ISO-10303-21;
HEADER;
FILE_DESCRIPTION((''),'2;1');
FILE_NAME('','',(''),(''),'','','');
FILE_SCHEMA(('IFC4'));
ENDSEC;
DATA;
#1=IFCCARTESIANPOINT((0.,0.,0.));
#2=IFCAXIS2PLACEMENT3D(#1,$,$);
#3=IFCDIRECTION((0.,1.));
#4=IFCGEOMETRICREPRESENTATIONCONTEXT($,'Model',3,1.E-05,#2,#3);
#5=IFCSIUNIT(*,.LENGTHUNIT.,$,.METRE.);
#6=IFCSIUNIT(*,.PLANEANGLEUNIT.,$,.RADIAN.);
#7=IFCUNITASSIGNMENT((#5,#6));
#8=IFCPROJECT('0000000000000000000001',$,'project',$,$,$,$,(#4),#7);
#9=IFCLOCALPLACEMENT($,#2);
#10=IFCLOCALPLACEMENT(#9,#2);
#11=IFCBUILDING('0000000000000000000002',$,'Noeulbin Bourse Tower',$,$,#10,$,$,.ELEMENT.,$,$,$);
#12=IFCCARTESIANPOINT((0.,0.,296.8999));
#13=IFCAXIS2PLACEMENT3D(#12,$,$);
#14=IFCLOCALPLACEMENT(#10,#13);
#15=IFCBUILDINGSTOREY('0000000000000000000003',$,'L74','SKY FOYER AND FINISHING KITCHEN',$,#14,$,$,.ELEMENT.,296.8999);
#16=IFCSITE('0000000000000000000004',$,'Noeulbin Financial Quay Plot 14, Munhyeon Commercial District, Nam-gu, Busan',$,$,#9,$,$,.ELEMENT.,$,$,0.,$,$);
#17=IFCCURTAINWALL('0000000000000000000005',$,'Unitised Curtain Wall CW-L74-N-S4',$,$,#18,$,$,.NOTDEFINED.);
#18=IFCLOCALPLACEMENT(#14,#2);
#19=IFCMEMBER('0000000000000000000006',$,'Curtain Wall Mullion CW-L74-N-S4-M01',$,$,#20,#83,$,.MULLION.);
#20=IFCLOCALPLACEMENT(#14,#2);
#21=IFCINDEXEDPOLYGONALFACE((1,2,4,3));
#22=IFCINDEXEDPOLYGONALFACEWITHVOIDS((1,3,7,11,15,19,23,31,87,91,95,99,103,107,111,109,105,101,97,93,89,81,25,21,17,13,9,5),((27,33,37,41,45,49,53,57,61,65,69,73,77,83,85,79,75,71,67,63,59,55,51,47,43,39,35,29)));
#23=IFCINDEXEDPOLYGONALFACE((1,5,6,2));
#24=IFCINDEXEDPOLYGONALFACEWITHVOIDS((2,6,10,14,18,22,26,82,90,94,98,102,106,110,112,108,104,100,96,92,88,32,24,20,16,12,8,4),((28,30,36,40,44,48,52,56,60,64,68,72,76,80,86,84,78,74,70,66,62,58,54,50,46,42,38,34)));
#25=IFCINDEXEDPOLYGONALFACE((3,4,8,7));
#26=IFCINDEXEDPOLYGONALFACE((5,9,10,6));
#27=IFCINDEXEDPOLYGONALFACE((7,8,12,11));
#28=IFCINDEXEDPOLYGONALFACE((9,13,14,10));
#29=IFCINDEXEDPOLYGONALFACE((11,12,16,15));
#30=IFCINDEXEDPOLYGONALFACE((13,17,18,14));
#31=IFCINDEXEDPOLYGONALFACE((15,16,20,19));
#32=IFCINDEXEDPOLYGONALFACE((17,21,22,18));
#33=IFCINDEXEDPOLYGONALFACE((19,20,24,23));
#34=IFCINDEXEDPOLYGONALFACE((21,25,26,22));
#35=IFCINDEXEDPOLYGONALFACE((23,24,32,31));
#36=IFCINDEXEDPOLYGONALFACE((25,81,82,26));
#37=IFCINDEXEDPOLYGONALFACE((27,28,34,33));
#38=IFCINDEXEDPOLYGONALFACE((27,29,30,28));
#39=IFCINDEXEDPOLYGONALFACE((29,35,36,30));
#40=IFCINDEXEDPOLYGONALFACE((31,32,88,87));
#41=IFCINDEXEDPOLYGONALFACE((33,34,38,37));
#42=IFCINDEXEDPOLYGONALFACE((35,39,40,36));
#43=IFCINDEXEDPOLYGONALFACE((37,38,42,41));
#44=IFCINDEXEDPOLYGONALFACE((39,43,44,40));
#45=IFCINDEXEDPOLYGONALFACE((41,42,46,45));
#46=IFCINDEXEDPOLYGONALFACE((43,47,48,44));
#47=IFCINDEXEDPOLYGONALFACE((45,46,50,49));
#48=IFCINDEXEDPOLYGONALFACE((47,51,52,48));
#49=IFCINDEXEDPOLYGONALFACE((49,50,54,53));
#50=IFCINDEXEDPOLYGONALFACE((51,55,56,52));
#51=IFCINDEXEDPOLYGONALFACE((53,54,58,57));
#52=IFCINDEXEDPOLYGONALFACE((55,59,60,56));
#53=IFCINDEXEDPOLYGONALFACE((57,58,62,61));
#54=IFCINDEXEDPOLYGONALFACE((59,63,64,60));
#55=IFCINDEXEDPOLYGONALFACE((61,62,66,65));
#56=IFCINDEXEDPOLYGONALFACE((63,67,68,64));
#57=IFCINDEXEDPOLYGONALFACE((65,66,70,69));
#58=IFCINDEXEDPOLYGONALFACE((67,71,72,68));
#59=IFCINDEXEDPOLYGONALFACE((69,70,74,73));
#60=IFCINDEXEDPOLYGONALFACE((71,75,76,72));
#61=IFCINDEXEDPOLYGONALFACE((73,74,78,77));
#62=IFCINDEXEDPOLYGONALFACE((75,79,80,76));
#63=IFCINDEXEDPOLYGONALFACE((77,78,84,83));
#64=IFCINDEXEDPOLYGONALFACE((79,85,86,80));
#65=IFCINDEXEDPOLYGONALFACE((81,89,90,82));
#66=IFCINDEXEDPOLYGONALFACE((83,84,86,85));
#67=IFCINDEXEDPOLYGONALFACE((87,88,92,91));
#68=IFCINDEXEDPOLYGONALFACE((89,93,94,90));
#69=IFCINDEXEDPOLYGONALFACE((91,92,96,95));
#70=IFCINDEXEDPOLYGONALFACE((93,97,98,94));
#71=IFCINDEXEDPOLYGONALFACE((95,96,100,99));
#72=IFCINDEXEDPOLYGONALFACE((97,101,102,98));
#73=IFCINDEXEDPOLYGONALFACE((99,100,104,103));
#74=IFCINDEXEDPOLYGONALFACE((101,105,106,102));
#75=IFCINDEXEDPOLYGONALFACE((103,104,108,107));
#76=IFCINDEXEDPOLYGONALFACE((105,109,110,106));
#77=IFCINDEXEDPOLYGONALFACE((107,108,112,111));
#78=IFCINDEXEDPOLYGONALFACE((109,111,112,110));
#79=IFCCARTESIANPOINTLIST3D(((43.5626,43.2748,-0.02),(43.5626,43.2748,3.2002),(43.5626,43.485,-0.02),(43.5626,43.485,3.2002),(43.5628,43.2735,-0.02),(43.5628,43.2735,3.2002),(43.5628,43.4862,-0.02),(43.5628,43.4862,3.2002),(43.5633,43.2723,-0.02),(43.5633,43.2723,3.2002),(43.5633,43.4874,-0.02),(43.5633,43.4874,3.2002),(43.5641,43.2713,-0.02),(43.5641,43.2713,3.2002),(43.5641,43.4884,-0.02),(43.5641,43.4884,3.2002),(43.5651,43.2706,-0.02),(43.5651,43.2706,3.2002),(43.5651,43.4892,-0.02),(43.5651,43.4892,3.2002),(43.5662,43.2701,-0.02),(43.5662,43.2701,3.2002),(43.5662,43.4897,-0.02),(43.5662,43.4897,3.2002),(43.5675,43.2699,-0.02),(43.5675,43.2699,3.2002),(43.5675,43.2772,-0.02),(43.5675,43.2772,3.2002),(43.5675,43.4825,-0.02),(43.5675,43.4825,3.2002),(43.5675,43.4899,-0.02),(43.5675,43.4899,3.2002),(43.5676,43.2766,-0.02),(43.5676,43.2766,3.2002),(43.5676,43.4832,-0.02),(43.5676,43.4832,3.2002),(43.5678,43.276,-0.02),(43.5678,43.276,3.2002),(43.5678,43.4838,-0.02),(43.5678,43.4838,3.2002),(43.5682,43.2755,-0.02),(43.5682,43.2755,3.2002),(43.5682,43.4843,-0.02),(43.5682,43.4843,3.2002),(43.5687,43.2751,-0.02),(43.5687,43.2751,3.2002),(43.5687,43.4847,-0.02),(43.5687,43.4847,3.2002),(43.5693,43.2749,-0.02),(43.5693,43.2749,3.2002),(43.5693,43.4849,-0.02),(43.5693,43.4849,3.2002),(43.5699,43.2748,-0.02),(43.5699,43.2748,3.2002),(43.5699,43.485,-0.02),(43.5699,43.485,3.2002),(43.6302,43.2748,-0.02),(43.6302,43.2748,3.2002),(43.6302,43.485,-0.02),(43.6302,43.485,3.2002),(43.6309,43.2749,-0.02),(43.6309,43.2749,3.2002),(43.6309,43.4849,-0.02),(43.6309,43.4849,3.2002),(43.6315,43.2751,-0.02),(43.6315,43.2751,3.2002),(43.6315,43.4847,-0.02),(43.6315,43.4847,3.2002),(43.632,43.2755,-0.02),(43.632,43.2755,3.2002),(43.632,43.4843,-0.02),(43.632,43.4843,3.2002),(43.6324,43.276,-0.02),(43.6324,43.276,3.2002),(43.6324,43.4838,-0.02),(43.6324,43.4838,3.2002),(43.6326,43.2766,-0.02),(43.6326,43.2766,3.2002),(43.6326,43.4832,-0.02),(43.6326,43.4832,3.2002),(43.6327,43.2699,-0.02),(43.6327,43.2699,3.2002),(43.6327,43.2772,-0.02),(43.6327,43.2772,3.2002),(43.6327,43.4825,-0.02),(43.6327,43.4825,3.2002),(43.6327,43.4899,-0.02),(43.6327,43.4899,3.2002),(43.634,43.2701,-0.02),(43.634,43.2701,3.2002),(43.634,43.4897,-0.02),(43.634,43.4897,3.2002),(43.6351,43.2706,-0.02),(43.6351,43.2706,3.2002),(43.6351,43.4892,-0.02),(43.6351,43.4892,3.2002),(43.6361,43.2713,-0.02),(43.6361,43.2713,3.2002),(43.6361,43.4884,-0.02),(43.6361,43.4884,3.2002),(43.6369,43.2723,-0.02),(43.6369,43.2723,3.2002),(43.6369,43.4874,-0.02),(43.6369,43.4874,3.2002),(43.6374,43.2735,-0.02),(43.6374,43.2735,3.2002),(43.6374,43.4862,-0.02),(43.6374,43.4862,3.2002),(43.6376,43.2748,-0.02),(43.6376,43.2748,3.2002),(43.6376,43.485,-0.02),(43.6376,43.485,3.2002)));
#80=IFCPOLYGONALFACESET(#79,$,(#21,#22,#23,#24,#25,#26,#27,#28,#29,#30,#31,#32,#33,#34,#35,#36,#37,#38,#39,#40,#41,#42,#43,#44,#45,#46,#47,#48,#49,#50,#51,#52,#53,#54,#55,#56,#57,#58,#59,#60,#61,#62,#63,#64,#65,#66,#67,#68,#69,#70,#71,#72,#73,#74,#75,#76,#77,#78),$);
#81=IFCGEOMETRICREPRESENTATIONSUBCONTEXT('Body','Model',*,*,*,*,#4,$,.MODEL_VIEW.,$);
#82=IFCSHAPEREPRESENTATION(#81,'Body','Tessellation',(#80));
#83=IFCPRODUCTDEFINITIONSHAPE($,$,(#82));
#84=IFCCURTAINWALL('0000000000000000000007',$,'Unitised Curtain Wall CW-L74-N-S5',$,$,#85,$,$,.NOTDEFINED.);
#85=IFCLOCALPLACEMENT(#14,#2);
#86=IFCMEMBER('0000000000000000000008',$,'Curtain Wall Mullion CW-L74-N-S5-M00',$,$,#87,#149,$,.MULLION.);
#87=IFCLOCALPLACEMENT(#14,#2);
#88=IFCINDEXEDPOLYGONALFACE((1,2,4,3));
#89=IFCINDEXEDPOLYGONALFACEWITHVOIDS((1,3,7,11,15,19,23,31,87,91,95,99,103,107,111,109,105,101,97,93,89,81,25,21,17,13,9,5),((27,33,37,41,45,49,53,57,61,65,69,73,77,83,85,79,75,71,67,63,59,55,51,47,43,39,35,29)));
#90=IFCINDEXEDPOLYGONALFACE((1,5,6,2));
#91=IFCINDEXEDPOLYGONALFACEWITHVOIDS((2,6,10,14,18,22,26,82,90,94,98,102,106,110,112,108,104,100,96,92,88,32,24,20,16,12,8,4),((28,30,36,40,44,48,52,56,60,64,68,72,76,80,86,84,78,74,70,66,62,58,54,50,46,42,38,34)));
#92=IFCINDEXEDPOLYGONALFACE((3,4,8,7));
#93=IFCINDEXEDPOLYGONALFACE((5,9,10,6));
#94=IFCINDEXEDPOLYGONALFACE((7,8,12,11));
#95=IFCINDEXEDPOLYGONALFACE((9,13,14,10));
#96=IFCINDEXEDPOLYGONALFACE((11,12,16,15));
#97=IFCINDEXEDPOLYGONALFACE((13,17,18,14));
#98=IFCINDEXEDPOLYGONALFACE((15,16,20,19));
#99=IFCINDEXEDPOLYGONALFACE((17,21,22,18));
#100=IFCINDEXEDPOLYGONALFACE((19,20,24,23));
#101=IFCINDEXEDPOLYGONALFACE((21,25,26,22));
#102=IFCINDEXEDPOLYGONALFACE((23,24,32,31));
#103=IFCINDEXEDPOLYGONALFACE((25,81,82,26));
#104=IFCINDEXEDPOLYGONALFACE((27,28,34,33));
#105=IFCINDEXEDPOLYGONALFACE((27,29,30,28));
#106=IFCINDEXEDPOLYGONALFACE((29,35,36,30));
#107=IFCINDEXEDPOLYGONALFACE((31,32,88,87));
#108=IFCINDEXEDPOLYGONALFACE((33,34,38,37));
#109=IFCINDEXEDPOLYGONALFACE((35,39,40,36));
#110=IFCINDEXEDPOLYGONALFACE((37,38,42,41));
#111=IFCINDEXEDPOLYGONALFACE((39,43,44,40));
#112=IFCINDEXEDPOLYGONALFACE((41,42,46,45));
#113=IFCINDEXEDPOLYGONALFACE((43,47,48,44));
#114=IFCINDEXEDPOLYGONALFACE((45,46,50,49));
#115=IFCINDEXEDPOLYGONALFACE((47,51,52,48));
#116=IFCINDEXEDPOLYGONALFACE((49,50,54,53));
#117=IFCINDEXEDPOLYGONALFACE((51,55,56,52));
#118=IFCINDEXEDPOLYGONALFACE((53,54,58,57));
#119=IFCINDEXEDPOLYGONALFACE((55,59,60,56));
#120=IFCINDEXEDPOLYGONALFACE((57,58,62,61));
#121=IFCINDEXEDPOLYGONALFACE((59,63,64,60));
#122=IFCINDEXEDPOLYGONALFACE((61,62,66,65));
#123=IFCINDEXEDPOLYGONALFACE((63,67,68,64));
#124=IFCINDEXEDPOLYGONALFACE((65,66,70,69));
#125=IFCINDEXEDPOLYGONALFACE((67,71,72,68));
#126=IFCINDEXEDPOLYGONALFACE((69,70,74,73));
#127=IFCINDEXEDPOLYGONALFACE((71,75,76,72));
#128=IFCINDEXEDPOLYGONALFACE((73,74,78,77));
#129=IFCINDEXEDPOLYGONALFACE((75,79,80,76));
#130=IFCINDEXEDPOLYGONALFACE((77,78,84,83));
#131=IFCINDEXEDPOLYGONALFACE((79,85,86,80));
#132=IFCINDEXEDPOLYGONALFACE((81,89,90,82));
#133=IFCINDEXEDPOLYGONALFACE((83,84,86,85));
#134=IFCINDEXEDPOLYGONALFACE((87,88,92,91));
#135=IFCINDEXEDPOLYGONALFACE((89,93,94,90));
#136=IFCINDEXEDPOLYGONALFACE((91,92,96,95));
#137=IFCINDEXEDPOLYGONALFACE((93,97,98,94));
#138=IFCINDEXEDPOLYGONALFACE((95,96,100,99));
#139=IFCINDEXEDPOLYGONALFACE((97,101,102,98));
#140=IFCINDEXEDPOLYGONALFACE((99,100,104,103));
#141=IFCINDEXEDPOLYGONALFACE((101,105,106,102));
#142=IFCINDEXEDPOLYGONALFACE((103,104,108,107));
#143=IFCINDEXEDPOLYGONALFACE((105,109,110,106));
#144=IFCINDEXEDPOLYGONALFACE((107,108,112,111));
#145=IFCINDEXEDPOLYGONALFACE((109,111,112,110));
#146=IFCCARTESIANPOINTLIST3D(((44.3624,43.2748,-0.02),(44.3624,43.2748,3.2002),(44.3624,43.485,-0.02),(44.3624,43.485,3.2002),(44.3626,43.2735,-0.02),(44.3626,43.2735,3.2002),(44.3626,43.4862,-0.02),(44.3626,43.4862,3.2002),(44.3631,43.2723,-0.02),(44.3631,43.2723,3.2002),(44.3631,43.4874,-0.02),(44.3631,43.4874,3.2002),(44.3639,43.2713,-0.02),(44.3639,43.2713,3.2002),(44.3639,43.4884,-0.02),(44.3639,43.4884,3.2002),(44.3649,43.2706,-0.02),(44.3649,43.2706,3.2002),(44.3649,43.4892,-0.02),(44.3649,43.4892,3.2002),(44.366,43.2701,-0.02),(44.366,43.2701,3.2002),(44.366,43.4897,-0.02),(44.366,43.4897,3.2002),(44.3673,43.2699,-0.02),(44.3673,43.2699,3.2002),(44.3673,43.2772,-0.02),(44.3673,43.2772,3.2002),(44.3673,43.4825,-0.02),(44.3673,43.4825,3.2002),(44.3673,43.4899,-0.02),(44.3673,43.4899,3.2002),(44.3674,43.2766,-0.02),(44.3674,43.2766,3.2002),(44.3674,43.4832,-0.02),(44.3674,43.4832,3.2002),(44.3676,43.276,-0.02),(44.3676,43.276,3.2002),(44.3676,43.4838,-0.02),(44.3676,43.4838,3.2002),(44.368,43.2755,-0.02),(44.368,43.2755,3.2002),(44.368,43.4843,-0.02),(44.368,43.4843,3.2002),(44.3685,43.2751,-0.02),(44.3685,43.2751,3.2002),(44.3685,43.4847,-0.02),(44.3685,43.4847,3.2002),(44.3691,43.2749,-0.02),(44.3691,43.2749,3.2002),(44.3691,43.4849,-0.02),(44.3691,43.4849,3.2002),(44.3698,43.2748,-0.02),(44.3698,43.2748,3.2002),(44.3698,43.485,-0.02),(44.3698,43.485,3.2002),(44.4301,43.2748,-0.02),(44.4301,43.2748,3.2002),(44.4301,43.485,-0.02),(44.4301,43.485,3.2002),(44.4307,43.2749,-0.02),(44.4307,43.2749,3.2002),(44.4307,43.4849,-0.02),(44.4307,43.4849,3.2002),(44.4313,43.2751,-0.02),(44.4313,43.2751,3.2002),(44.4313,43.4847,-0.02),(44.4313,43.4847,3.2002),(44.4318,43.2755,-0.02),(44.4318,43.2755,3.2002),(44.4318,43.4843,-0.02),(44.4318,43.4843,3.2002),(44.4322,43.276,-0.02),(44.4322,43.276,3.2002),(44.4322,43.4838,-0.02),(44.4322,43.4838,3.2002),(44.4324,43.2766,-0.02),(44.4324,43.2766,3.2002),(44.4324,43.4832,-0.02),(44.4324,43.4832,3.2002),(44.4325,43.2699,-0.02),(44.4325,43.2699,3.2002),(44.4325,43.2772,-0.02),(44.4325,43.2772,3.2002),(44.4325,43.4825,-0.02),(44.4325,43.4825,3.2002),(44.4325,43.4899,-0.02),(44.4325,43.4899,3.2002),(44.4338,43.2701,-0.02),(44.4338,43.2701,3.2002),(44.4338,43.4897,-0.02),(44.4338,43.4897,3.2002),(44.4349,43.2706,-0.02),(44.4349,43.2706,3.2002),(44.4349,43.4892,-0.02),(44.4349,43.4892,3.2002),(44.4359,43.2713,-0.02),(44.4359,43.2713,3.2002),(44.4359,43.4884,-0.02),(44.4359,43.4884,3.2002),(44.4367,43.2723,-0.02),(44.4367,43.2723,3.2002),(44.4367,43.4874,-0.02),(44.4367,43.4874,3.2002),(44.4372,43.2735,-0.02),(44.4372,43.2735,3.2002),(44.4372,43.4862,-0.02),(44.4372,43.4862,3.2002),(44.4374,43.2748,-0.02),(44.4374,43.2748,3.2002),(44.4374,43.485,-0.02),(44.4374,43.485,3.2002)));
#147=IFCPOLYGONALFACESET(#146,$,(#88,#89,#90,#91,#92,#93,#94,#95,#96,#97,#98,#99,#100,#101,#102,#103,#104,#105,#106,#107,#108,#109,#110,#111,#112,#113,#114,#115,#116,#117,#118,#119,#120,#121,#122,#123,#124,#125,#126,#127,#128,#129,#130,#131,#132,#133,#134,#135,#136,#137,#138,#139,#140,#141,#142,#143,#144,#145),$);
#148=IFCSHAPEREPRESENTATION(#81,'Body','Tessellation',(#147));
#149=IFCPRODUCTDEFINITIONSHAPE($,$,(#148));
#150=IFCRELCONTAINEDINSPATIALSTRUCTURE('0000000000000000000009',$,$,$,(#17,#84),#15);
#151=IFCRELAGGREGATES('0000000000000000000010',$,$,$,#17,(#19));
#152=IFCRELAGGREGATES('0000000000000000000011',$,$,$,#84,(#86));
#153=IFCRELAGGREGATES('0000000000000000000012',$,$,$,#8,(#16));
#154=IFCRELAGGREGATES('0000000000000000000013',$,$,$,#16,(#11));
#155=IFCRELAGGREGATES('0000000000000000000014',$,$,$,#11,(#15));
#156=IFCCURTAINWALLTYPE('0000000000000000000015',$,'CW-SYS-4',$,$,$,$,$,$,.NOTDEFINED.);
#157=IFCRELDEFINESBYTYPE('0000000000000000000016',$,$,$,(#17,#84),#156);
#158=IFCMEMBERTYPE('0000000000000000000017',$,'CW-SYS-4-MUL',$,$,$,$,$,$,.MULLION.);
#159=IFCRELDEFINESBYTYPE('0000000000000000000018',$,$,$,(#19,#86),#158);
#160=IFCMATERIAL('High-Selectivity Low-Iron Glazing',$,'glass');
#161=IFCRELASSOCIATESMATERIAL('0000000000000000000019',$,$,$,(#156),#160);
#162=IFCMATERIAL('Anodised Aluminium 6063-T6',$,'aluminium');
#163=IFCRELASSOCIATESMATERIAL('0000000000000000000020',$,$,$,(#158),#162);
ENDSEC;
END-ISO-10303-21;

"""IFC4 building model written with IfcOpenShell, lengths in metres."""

from ifc_helpers import new_model, si_unit, direction, frame, origin, origin_2d, place, context, subcontext, project, spatial, hollow_rectangle, extrude, material, material_profile, profile_set, type_object, element, aggregate, save


model = new_model("IFC4")

# Units and contexts
model_context = context("Model", 3, precision=1e-05, world=origin(), true_north=direction((0.0, 1.0)))
body_context = subcontext(model_context, "Body", "Model", "MODEL_VIEW")
ifc_project = project(units=[si_unit("LENGTHUNIT", "METRE"), si_unit("PLANEANGLEUNIT", "RADIAN")], contexts=[model_context])

# Site, building, storey
site_placement = place(None, origin())
site = spatial("IfcSite", under=ifc_project, at=site_placement, Name="Noeulbin Financial Quay Plot 14, Munhyeon Commercial District, Nam-gu, Busan", CompositionType="ELEMENT", RefElevation=0.0)
building_placement = place(site_placement, origin())
building = spatial("IfcBuilding", under=site, at=building_placement, Name="Noeulbin Bourse Tower", CompositionType="ELEMENT")
storey_placement = place(building_placement, frame((0.0, 0.0, 296.8999)))
storey = spatial("IfcBuildingStorey", under=building, at=storey_placement, Name="L74", Description="SKY FOYER AND FINISHING KITCHEN", CompositionType="ELEMENT", Elevation=296.8999)

# Curtain wall, member
ifc_material_1 = material(Name="High-Selectivity Low-Iron Glazing", Category="glass")
curtain_wall_type = type_object("IfcCurtainWallType", Name="CW-SYS-4", PredefinedType="NOTDEFINED", material=ifc_material_1)
curtain_wall_1_placement = place(storey_placement, origin())
curtain_wall_1 = element("IfcCurtainWall", 1, at=curtain_wall_1_placement, inside=storey, type_object=curtain_wall_type, Name="Unitised Curtain Wall CW-L74-N-S4", PredefinedType="NOTDEFINED")
ifc_material_2 = material(Name="Anodised Aluminium 6063-T6", Category="aluminium")
ifc_material_profile_1 = material_profile(ifc_material_2, hollow_rectangle(XDim=0.075, YDim=0.22, WallThickness=0.0049, InnerFilletRadius=0.0024, OuterFilletRadius=0.0049, at=origin_2d()), Name="ALU-MULL-75x220x5", Category="LoadBearing")
ifc_profile_set_1 = profile_set([ifc_material_profile_1], Name="Anodised Aluminium 6063-T6")
member_type_1 = type_object("IfcMemberType", Name="CW-SYS-4-MUL", PredefinedType="MULLION", material=ifc_profile_set_1)
member_1_placement = place(storey_placement, frame((43.6001, 43.3799, -0.02), z_axis=(0.0, 0.0, 1.0), x_axis=(1.0, 0.0, 0.0)))
member_1 = element("IfcMember", 2, at=member_1_placement, type_object=member_type_1, Name="Curtain Wall Mullion CW-L74-N-S4-M01", PredefinedType="MULLION", context=body_context, shape_type="SweptSolid", body=[
    extrude(hollow_rectangle(XDim=0.075, YDim=0.22, WallThickness=0.0049, InnerFilletRadius=0.0024, OuterFilletRadius=0.0049, at=origin_2d()), origin(), (0.0, 0.0, 1.0), 3.2202),
])
aggregate(curtain_wall_1, [member_1])

# Curtain wall, member
curtain_wall_2_placement = place(storey_placement, origin())
curtain_wall_2 = element("IfcCurtainWall", 3, at=curtain_wall_2_placement, inside=storey, type_object=curtain_wall_type, Name="Unitised Curtain Wall CW-L74-N-S5", PredefinedType="NOTDEFINED")
member_2_placement = place(storey_placement, frame((44.3999, 43.3799, -0.02), z_axis=(0.0, 0.0, 1.0), x_axis=(1.0, 0.0, 0.0)))
member_2 = element("IfcMember", 4, at=member_2_placement, type_object=member_type_1, Name="Curtain Wall Mullion CW-L74-N-S5-M00", PredefinedType="MULLION", context=body_context, shape_type="SweptSolid", body=[
    extrude(hollow_rectangle(XDim=0.075, YDim=0.22, WallThickness=0.0049, InnerFilletRadius=0.0024, OuterFilletRadius=0.0049, at=origin_2d()), origin(), (0.0, 0.0, 1.0), 3.2202),
])

aggregate(curtain_wall_2, [member_2])

save(model, "model.ifc")
